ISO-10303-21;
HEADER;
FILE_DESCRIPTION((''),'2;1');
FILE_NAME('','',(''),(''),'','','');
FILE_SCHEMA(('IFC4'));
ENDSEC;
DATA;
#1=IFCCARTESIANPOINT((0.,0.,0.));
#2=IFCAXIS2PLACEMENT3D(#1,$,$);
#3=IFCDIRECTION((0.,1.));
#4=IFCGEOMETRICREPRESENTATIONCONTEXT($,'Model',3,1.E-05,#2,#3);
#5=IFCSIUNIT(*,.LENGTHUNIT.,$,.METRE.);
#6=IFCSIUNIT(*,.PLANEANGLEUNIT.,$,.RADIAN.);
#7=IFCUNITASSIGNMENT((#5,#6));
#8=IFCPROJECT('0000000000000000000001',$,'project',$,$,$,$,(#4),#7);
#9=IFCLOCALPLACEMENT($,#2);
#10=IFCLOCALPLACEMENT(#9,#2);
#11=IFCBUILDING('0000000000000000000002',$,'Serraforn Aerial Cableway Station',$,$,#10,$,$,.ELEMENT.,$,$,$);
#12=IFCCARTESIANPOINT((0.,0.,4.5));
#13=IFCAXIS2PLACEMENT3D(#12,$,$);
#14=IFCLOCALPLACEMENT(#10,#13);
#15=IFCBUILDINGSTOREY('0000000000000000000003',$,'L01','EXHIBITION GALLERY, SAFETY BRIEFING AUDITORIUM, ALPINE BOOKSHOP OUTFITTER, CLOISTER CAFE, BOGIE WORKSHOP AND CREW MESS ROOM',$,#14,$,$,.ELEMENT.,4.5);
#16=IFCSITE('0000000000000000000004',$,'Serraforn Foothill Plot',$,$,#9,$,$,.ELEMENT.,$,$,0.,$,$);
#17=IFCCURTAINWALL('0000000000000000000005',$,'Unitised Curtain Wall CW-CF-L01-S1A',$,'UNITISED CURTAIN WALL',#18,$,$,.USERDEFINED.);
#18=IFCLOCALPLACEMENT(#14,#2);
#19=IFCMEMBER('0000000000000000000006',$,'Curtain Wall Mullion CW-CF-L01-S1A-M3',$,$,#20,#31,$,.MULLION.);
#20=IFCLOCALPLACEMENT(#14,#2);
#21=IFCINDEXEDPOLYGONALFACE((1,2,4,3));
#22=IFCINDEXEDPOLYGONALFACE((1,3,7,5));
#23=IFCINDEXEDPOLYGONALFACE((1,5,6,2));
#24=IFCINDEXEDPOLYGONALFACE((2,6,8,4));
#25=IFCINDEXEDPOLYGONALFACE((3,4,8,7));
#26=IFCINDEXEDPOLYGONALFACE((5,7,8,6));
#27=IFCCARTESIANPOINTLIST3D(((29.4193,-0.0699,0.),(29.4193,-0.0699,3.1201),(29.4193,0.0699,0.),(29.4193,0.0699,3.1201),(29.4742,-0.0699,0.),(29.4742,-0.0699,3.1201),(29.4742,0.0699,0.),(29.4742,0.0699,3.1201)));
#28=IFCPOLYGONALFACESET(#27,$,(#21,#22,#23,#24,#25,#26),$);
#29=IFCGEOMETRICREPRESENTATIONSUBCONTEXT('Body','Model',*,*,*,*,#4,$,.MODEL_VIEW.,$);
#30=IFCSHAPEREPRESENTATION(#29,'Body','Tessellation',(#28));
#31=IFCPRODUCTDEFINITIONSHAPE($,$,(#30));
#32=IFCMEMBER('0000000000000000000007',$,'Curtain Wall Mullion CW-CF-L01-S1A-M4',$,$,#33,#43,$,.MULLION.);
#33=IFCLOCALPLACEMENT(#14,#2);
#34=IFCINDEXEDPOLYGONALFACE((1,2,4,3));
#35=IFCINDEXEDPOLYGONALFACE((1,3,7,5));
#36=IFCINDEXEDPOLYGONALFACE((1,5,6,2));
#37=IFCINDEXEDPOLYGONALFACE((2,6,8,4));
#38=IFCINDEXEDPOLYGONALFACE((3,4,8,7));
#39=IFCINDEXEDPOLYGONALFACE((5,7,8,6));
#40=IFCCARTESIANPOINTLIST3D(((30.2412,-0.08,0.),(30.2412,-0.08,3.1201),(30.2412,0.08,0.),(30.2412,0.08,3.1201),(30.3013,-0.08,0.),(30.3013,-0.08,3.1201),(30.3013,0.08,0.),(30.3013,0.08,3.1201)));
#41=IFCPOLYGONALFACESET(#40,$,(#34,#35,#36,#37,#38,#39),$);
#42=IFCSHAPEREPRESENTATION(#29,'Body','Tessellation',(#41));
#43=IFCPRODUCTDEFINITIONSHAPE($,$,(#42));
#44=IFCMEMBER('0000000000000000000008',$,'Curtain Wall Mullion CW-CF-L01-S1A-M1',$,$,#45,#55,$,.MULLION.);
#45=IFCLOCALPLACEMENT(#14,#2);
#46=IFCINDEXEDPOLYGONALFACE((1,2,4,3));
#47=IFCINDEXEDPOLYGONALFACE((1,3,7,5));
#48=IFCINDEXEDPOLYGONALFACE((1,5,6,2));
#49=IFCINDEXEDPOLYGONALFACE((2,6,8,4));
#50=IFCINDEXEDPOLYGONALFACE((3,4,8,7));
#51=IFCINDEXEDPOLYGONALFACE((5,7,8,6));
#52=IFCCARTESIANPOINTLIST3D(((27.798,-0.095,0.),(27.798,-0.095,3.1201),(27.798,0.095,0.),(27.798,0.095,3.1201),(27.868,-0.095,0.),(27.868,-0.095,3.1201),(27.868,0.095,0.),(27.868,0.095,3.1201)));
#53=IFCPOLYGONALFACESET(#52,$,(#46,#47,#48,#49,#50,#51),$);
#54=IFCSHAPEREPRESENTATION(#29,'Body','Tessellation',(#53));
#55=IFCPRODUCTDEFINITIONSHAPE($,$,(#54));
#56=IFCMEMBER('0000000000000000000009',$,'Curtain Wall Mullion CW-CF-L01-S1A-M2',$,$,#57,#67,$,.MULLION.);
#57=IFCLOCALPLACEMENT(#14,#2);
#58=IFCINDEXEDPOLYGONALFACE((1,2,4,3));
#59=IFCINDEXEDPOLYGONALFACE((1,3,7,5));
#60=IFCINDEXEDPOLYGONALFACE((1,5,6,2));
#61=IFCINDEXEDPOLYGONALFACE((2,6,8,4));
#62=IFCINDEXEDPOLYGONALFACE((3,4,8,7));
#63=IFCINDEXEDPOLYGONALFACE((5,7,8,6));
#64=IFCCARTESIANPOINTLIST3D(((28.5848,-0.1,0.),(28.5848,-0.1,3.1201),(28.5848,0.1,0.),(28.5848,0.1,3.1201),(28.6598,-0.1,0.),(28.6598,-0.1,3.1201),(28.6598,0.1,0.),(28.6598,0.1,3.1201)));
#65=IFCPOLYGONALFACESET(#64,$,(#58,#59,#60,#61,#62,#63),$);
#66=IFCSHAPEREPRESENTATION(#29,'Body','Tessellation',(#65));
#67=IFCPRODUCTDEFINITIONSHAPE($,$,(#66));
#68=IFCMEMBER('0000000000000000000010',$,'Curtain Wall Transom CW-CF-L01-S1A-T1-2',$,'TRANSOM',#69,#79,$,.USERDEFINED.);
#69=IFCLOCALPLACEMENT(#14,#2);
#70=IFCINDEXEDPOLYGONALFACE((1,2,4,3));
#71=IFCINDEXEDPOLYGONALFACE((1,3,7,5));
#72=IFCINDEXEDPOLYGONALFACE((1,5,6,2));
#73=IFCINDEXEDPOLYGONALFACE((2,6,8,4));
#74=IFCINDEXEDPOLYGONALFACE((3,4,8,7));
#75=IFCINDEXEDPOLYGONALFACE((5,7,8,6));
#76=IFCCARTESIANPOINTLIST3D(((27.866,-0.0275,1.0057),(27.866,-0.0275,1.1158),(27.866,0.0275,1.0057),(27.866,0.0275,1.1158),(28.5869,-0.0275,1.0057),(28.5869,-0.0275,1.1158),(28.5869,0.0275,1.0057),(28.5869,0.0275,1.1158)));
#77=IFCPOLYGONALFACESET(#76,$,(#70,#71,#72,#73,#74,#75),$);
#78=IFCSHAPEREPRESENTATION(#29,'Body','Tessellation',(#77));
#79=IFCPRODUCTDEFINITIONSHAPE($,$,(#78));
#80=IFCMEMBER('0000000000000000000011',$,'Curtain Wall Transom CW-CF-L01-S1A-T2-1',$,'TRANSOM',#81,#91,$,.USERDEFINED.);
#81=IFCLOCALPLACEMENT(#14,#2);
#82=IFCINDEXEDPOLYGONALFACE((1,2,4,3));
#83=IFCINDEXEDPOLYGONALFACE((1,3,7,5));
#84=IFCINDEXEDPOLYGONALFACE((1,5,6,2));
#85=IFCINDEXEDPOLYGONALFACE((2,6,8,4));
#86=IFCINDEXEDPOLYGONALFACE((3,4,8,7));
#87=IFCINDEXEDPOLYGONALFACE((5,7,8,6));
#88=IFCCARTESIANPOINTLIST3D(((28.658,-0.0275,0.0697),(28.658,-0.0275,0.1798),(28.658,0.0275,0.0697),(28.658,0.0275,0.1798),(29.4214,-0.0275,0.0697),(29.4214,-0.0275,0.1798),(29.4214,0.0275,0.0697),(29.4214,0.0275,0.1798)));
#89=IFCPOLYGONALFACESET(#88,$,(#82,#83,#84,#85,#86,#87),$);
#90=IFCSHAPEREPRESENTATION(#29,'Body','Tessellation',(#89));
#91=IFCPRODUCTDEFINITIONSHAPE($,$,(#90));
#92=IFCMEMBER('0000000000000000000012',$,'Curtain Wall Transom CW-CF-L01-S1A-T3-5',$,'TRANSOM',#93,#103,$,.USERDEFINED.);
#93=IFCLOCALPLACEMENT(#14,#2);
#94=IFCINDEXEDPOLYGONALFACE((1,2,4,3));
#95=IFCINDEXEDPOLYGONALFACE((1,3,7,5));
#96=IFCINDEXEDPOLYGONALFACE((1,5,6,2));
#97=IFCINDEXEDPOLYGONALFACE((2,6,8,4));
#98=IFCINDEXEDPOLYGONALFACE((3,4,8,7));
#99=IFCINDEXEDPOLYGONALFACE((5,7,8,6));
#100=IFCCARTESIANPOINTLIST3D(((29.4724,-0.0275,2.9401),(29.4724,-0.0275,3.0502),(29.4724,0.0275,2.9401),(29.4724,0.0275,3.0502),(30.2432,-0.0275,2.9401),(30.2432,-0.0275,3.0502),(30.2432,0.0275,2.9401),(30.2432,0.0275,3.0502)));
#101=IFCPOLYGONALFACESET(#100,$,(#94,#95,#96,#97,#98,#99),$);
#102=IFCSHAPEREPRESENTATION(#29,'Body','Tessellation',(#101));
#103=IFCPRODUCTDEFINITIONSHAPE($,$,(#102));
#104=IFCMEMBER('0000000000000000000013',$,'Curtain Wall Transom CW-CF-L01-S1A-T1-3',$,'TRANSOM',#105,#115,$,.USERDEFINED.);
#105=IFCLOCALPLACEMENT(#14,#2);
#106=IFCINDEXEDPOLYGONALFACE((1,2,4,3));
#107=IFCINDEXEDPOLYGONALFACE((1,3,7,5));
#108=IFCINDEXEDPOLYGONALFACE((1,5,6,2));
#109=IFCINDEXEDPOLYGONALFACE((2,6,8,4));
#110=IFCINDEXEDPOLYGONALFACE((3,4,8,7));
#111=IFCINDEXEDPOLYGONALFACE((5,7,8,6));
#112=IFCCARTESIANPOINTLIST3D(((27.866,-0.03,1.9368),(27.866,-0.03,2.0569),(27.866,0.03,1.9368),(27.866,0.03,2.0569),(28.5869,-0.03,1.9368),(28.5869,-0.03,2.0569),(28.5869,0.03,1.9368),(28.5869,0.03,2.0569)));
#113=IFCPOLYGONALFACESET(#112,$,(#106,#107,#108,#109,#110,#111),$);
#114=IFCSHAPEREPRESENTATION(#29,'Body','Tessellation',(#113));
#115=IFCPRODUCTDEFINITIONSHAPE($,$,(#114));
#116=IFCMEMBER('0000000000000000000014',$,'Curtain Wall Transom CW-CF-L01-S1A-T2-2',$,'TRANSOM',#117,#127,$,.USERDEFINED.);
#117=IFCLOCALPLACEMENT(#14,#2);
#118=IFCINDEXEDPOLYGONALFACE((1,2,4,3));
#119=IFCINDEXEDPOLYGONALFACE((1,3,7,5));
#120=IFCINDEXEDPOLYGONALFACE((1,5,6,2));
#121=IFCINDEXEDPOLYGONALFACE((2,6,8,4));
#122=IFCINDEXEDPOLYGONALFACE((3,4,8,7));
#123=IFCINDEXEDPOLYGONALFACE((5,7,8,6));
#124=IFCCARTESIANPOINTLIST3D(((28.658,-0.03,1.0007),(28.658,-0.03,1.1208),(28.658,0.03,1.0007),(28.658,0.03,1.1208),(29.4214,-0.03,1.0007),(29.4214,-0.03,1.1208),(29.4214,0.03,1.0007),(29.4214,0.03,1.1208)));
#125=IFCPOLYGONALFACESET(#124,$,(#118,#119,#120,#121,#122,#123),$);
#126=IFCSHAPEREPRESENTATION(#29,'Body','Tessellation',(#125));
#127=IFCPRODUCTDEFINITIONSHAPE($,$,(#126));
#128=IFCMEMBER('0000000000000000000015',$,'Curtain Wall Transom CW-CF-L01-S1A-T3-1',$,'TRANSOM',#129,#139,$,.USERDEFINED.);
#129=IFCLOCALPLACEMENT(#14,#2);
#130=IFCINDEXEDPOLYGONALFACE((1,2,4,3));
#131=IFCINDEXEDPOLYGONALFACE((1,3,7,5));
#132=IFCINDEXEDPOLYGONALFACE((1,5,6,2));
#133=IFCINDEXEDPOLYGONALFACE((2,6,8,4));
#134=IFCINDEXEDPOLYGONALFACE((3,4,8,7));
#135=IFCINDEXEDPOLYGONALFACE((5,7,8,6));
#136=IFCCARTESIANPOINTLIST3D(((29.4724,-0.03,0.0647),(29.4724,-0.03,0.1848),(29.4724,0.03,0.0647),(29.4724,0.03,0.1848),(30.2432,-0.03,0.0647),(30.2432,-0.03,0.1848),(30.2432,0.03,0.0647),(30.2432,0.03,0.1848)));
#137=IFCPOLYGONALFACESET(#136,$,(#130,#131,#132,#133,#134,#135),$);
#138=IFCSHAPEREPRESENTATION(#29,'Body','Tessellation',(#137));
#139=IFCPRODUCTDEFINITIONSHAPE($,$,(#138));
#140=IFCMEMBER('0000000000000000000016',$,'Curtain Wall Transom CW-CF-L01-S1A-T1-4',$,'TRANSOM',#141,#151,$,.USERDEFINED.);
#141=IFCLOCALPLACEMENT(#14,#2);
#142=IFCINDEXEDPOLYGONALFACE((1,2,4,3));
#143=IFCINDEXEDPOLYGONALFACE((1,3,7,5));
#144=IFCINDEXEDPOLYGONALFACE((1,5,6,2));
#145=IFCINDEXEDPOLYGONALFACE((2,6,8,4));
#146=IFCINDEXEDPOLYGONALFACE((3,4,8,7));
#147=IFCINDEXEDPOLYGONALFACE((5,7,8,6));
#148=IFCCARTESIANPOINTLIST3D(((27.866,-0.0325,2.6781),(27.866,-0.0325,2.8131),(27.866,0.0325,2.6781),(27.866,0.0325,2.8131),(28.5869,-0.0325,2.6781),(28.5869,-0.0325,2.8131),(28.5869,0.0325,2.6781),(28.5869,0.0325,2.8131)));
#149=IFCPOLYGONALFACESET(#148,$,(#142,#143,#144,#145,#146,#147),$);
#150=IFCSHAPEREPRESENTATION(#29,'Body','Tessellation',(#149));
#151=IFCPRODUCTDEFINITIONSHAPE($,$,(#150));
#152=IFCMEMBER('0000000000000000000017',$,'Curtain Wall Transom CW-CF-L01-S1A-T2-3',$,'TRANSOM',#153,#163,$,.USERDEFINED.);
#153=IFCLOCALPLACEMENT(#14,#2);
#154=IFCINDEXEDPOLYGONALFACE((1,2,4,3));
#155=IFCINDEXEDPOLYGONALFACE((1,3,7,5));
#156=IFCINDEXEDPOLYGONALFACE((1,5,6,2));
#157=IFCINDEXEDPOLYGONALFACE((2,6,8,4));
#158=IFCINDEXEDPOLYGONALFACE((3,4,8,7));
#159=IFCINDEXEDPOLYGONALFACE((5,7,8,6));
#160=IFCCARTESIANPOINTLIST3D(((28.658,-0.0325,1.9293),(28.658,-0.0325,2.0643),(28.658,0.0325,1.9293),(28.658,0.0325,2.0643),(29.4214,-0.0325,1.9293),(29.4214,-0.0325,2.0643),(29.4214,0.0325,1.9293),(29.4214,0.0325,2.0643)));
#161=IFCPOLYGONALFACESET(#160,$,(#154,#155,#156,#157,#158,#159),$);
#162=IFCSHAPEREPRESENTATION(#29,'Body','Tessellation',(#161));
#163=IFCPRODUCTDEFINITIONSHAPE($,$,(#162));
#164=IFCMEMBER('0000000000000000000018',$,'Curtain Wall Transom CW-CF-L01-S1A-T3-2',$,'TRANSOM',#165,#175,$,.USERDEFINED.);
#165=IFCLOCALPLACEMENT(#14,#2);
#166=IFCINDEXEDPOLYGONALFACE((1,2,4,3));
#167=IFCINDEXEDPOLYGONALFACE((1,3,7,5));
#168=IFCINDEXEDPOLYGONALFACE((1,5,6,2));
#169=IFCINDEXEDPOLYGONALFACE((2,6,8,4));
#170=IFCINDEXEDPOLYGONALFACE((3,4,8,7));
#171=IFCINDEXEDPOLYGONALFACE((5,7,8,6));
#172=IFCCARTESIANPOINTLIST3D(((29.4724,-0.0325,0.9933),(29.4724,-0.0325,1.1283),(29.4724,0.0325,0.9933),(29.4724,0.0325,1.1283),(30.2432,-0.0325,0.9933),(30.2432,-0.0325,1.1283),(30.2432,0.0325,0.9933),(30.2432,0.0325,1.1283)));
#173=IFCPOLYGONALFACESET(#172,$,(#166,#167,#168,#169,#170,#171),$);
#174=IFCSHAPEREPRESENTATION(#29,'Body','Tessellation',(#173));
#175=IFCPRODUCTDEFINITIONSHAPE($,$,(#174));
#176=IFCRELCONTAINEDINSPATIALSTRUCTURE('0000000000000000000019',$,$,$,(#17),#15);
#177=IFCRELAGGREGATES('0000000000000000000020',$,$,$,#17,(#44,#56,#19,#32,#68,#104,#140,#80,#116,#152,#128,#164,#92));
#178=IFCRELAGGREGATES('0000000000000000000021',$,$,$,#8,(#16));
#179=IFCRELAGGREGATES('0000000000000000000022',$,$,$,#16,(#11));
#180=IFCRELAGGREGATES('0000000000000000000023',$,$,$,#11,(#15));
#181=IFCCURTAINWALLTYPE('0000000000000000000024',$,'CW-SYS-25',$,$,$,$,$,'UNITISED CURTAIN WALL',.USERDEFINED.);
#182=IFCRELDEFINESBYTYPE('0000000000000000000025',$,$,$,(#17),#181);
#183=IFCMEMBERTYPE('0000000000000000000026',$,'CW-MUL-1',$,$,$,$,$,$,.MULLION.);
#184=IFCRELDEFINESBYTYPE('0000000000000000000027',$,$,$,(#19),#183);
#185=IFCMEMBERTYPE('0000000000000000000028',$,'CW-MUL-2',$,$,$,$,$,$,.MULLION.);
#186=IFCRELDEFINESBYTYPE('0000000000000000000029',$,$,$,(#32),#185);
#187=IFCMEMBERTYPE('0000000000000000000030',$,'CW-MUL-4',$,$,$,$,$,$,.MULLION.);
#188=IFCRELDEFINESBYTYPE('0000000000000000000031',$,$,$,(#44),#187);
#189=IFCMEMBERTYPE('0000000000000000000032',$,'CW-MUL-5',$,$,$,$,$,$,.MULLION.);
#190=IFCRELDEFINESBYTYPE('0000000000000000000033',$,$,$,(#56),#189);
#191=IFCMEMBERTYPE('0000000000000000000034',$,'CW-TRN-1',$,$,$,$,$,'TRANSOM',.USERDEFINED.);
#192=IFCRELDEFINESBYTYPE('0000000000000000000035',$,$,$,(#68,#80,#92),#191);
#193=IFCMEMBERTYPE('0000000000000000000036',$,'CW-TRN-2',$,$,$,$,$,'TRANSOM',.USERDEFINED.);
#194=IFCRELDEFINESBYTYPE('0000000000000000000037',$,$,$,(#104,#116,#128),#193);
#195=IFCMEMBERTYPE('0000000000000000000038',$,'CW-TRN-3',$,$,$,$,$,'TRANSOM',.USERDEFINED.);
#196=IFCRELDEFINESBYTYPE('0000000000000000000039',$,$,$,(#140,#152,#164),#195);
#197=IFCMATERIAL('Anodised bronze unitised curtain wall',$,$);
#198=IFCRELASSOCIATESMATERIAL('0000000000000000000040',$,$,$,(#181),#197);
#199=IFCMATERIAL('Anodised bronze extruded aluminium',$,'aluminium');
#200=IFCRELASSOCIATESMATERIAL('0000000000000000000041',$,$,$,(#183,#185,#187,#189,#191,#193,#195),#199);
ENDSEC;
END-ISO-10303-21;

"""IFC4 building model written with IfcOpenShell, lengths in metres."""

from ifc_helpers import new_model, si_unit, direction, frame, origin, origin_2d, place, context, subcontext, project, spatial, rectangle, extrude, material, material_profile, profile_set, type_object, element, aggregate, save


model = new_model("IFC4")

# Units and contexts
model_context = context("Model", 3, precision=1e-05, world=origin(), true_north=direction((0.0, 1.0)))
body_context = subcontext(model_context, "Body", "Model", "MODEL_VIEW")
ifc_project = project(units=[si_unit("LENGTHUNIT", "METRE"), si_unit("PLANEANGLEUNIT", "RADIAN")], contexts=[model_context])

# Site, building, storey
site_placement = place(None, origin())
site = spatial("IfcSite", under=ifc_project, at=site_placement, Name="Serraforn Foothill Plot", CompositionType="ELEMENT", RefElevation=0.0)
building_placement = place(site_placement, origin())
building = spatial("IfcBuilding", under=site, at=building_placement, Name="Serraforn Aerial Cableway Station", CompositionType="ELEMENT")
storey_placement = place(building_placement, frame((0.0, 0.0, 4.5)))
storey = spatial("IfcBuildingStorey", under=building, at=storey_placement, Name="L01", Description="EXHIBITION GALLERY, SAFETY BRIEFING AUDITORIUM, ALPINE BOOKSHOP OUTFITTER, CLOISTER CAFE, BOGIE WORKSHOP AND CREW MESS ROOM", CompositionType="ELEMENT", Elevation=4.5)

# Curtain wall, members
ifc_material_1 = material(Name="Anodised bronze unitised curtain wall")
curtain_wall_type = type_object("IfcCurtainWallType", Name="CW-SYS-25", ElementType="UNITISED CURTAIN WALL", PredefinedType="USERDEFINED", material=ifc_material_1)
curtain_wall_placement = place(storey_placement, origin())
curtain_wall = element("IfcCurtainWall", 1, at=curtain_wall_placement, inside=storey, type_object=curtain_wall_type, Name="Unitised Curtain Wall CW-CF-L01-S1A", ObjectType="UNITISED CURTAIN WALL", PredefinedType="USERDEFINED")
ifc_material_2 = material(Name="Anodised bronze extruded aluminium", Category="aluminium")
ifc_material_profile_1 = material_profile(ifc_material_2, rectangle(XDim=0.0549, YDim=0.1399, at=origin_2d()), Name="CW MULLION 55x140")
ifc_profile_set_1 = profile_set([ifc_material_profile_1], Name="Anodised bronze extruded aluminium")
member_type_1 = type_object("IfcMemberType", Name="CW-MUL-1", PredefinedType="MULLION", material=ifc_profile_set_1)
member_1_placement = place(storey_placement, frame((29.4468, 0.0, 0.0), z_axis=(0.0, 0.0, 1.0), x_axis=(1.0, 0.0, 0.0)))
member_1 = element("IfcMember", 2, at=member_1_placement, type_object=member_type_1, Name="Curtain Wall Mullion CW-CF-L01-S1A-M3", PredefinedType="MULLION", context=body_context, shape_type="SweptSolid", body=[
    extrude(rectangle(XDim=0.0549, YDim=0.1399, at=origin_2d()), origin(), (0.0, 0.0, 1.0), 3.1201),
])
ifc_material_profile_2 = material_profile(ifc_material_2, rectangle(XDim=0.0601, YDim=0.1599, at=origin_2d()), Name="CW MULLION 60x160")
ifc_profile_set_2 = profile_set([ifc_material_profile_2], Name="Anodised bronze extruded aluminium")
member_type_2 = type_object("IfcMemberType", Name="CW-MUL-2", PredefinedType="MULLION", material=ifc_profile_set_2)
member_2_placement = place(storey_placement, frame((30.2712, 0.0, 0.0), z_axis=(0.0, 0.0, 1.0), x_axis=(1.0, 0.0, 0.0)))
member_2 = element("IfcMember", 3, at=member_2_placement, type_object=member_type_2, Name="Curtain Wall Mullion CW-CF-L01-S1A-M4", PredefinedType="MULLION", context=body_context, shape_type="SweptSolid", body=[
    extrude(rectangle(XDim=0.0601, YDim=0.1599, at=origin_2d()), origin(), (0.0, 0.0, 1.0), 3.1201),
])
ifc_material_profile_3 = material_profile(ifc_material_2, rectangle(XDim=0.0701, YDim=0.1899, at=origin_2d()), Name="CW MULLION 70x190")
ifc_profile_set_3 = profile_set([ifc_material_profile_3], Name="Anodised bronze extruded aluminium")
member_type_3 = type_object("IfcMemberType", Name="CW-MUL-4", PredefinedType="MULLION", material=ifc_profile_set_3)
member_3_placement = place(storey_placement, frame((27.833, 0.0, 0.0), z_axis=(0.0, 0.0, 1.0), x_axis=(1.0, 0.0, 0.0)))
member_3 = element("IfcMember", 4, at=member_3_placement, type_object=member_type_3, Name="Curtain Wall Mullion CW-CF-L01-S1A-M1", PredefinedType="MULLION", context=body_context, shape_type="SweptSolid", body=[
    extrude(rectangle(XDim=0.0701, YDim=0.1899, at=origin_2d()), origin(), (0.0, 0.0, 1.0), 3.1201),
])
ifc_material_profile_4 = material_profile(ifc_material_2, rectangle(XDim=0.075, YDim=0.2, at=origin_2d()), Name="CW MULLION 75x200")
ifc_profile_set_4 = profile_set([ifc_material_profile_4], Name="Anodised bronze extruded aluminium")
member_type_4 = type_object("IfcMemberType", Name="CW-MUL-5", PredefinedType="MULLION", material=ifc_profile_set_4)
member_4_placement = place(storey_placement, frame((28.6223, 0.0, 0.0), z_axis=(0.0, 0.0, 1.0), x_axis=(1.0, 0.0, 0.0)))
member_4 = element("IfcMember", 5, at=member_4_placement, type_object=member_type_4, Name="Curtain Wall Mullion CW-CF-L01-S1A-M2", PredefinedType="MULLION", context=body_context, shape_type="SweptSolid", body=[
    extrude(rectangle(XDim=0.075, YDim=0.2, at=origin_2d()), origin(), (0.0, 0.0, 1.0), 3.1201),
])
ifc_material_profile_5 = material_profile(ifc_material_2, rectangle(XDim=0.0549, YDim=0.1101, at=origin_2d()), Name="CW TRANSOM 55x110")
ifc_profile_set_5 = profile_set([ifc_material_profile_5], Name="Anodised bronze extruded aluminium")
member_type_5 = type_object("IfcMemberType", Name="CW-TRN-1", ElementType="TRANSOM", PredefinedType="USERDEFINED", material=ifc_profile_set_5)
member_5_placement = place(storey_placement, frame((27.866, 0.0, 1.0608), z_axis=(1.0, 0.0, 0.0), x_axis=(0.0, 1.0, 0.0)))
member_5 = element("IfcMember", 6, at=member_5_placement, type_object=member_type_5, Name="Curtain Wall Transom CW-CF-L01-S1A-T1-2", ObjectType="TRANSOM", PredefinedType="USERDEFINED", context=body_context, shape_type="SweptSolid", body=[
    extrude(rectangle(XDim=0.0549, YDim=0.1101, at=origin_2d()), origin(), (0.0, 0.0, 1.0), 0.7209),
])
member_6_placement = place(storey_placement, frame((28.658, 0.0, 0.1248), z_axis=(1.0, 0.0, 0.0), x_axis=(0.0, 1.0, 0.0)))
member_6 = element("IfcMember", 7, at=member_6_placement, type_object=member_type_5, Name="Curtain Wall Transom CW-CF-L01-S1A-T2-1", ObjectType="TRANSOM", PredefinedType="USERDEFINED", context=body_context, shape_type="SweptSolid", body=[
    extrude(rectangle(XDim=0.0549, YDim=0.1101, at=origin_2d()), origin(), (0.0, 0.0, 1.0), 0.7634),
])
member_7_placement = place(storey_placement, frame((29.4724, 0.0, 2.9951), z_axis=(1.0, 0.0, 0.0), x_axis=(0.0, 1.0, 0.0)))
member_7 = element("IfcMember", 8, at=member_7_placement, type_object=member_type_5, Name="Curtain Wall Transom CW-CF-L01-S1A-T3-5", ObjectType="TRANSOM", PredefinedType="USERDEFINED", context=body_context, shape_type="SweptSolid", body=[
    extrude(rectangle(XDim=0.0549, YDim=0.1101, at=origin_2d()), origin(), (0.0, 0.0, 1.0), 0.7708),
])
ifc_material_profile_6 = material_profile(ifc_material_2, rectangle(XDim=0.0601, YDim=0.1201, at=origin_2d()), Name="CW TRANSOM 60x120")
ifc_profile_set_6 = profile_set([ifc_material_profile_6], Name="Anodised bronze extruded aluminium")
member_type_6 = type_object("IfcMemberType", Name="CW-TRN-2", ElementType="TRANSOM", PredefinedType="USERDEFINED", material=ifc_profile_set_6)
member_8_placement = place(storey_placement, frame((27.866, 0.0, 1.9968), z_axis=(1.0, 0.0, 0.0), x_axis=(0.0, 1.0, 0.0)))
member_8 = element("IfcMember", 9, at=member_8_placement, type_object=member_type_6, Name="Curtain Wall Transom CW-CF-L01-S1A-T1-3", ObjectType="TRANSOM", PredefinedType="USERDEFINED", context=body_context, shape_type="SweptSolid", body=[
    extrude(rectangle(XDim=0.0601, YDim=0.1201, at=origin_2d()), origin(), (0.0, 0.0, 1.0), 0.7209),
])
member_9_placement = place(storey_placement, frame((28.658, 0.0, 1.0608), z_axis=(1.0, 0.0, 0.0), x_axis=(0.0, 1.0, 0.0)))
member_9 = element("IfcMember", 10, at=member_9_placement, type_object=member_type_6, Name="Curtain Wall Transom CW-CF-L01-S1A-T2-2", ObjectType="TRANSOM", PredefinedType="USERDEFINED", context=body_context, shape_type="SweptSolid", body=[
    extrude(rectangle(XDim=0.0601, YDim=0.1201, at=origin_2d()), origin(), (0.0, 0.0, 1.0), 0.7634),
])
member_10_placement = place(storey_placement, frame((29.4724, 0.0, 0.1248), z_axis=(1.0, 0.0, 0.0), x_axis=(0.0, 1.0, 0.0)))
member_10 = element("IfcMember", 11, at=member_10_placement, type_object=member_type_6, Name="Curtain Wall Transom CW-CF-L01-S1A-T3-1", ObjectType="TRANSOM", PredefinedType="USERDEFINED", context=body_context, shape_type="SweptSolid", body=[
    extrude(rectangle(XDim=0.0601, YDim=0.1201, at=origin_2d()), origin(), (0.0, 0.0, 1.0), 0.7708),
])
ifc_material_profile_7 = material_profile(ifc_material_2, rectangle(XDim=0.0649, YDim=0.135, at=origin_2d()), Name="CW TRANSOM 65x135")
ifc_profile_set_7 = profile_set([ifc_material_profile_7], Name="Anodised bronze extruded aluminium")
member_type_7 = type_object("IfcMemberType", Name="CW-TRN-3", ElementType="TRANSOM", PredefinedType="USERDEFINED", material=ifc_profile_set_7)
member_11_placement = place(storey_placement, frame((27.866, 0.0, 2.7456), z_axis=(1.0, 0.0, 0.0), x_axis=(0.0, 1.0, 0.0)))
member_11 = element("IfcMember", 12, at=member_11_placement, type_object=member_type_7, Name="Curtain Wall Transom CW-CF-L01-S1A-T1-4", ObjectType="TRANSOM", PredefinedType="USERDEFINED", context=body_context, shape_type="SweptSolid", body=[
    extrude(rectangle(XDim=0.0649, YDim=0.135, at=origin_2d()), origin(), (0.0, 0.0, 1.0), 0.7209),
])
member_12_placement = place(storey_placement, frame((28.658, 0.0, 1.9968), z_axis=(1.0, 0.0, 0.0), x_axis=(0.0, 1.0, 0.0)))
member_12 = element("IfcMember", 13, at=member_12_placement, type_object=member_type_7, Name="Curtain Wall Transom CW-CF-L01-S1A-T2-3", ObjectType="TRANSOM", PredefinedType="USERDEFINED", context=body_context, shape_type="SweptSolid", body=[
    extrude(rectangle(XDim=0.0649, YDim=0.135, at=origin_2d()), origin(), (0.0, 0.0, 1.0), 0.7634),
])
member_13_placement = place(storey_placement, frame((29.4724, 0.0, 1.0608), z_axis=(1.0, 0.0, 0.0), x_axis=(0.0, 1.0, 0.0)))
member_13 = element("IfcMember", 14, at=member_13_placement, type_object=member_type_7, Name="Curtain Wall Transom CW-CF-L01-S1A-T3-2", ObjectType="TRANSOM", PredefinedType="USERDEFINED", context=body_context, shape_type="SweptSolid", body=[
    extrude(rectangle(XDim=0.0649, YDim=0.135, at=origin_2d()), origin(), (0.0, 0.0, 1.0), 0.7708),
])
aggregate(curtain_wall, [member_3, member_4, member_1, member_2, member_5, member_8, member_11, member_6, member_9, member_12, member_10, member_13, member_7])

save(model, "model.ifc")
